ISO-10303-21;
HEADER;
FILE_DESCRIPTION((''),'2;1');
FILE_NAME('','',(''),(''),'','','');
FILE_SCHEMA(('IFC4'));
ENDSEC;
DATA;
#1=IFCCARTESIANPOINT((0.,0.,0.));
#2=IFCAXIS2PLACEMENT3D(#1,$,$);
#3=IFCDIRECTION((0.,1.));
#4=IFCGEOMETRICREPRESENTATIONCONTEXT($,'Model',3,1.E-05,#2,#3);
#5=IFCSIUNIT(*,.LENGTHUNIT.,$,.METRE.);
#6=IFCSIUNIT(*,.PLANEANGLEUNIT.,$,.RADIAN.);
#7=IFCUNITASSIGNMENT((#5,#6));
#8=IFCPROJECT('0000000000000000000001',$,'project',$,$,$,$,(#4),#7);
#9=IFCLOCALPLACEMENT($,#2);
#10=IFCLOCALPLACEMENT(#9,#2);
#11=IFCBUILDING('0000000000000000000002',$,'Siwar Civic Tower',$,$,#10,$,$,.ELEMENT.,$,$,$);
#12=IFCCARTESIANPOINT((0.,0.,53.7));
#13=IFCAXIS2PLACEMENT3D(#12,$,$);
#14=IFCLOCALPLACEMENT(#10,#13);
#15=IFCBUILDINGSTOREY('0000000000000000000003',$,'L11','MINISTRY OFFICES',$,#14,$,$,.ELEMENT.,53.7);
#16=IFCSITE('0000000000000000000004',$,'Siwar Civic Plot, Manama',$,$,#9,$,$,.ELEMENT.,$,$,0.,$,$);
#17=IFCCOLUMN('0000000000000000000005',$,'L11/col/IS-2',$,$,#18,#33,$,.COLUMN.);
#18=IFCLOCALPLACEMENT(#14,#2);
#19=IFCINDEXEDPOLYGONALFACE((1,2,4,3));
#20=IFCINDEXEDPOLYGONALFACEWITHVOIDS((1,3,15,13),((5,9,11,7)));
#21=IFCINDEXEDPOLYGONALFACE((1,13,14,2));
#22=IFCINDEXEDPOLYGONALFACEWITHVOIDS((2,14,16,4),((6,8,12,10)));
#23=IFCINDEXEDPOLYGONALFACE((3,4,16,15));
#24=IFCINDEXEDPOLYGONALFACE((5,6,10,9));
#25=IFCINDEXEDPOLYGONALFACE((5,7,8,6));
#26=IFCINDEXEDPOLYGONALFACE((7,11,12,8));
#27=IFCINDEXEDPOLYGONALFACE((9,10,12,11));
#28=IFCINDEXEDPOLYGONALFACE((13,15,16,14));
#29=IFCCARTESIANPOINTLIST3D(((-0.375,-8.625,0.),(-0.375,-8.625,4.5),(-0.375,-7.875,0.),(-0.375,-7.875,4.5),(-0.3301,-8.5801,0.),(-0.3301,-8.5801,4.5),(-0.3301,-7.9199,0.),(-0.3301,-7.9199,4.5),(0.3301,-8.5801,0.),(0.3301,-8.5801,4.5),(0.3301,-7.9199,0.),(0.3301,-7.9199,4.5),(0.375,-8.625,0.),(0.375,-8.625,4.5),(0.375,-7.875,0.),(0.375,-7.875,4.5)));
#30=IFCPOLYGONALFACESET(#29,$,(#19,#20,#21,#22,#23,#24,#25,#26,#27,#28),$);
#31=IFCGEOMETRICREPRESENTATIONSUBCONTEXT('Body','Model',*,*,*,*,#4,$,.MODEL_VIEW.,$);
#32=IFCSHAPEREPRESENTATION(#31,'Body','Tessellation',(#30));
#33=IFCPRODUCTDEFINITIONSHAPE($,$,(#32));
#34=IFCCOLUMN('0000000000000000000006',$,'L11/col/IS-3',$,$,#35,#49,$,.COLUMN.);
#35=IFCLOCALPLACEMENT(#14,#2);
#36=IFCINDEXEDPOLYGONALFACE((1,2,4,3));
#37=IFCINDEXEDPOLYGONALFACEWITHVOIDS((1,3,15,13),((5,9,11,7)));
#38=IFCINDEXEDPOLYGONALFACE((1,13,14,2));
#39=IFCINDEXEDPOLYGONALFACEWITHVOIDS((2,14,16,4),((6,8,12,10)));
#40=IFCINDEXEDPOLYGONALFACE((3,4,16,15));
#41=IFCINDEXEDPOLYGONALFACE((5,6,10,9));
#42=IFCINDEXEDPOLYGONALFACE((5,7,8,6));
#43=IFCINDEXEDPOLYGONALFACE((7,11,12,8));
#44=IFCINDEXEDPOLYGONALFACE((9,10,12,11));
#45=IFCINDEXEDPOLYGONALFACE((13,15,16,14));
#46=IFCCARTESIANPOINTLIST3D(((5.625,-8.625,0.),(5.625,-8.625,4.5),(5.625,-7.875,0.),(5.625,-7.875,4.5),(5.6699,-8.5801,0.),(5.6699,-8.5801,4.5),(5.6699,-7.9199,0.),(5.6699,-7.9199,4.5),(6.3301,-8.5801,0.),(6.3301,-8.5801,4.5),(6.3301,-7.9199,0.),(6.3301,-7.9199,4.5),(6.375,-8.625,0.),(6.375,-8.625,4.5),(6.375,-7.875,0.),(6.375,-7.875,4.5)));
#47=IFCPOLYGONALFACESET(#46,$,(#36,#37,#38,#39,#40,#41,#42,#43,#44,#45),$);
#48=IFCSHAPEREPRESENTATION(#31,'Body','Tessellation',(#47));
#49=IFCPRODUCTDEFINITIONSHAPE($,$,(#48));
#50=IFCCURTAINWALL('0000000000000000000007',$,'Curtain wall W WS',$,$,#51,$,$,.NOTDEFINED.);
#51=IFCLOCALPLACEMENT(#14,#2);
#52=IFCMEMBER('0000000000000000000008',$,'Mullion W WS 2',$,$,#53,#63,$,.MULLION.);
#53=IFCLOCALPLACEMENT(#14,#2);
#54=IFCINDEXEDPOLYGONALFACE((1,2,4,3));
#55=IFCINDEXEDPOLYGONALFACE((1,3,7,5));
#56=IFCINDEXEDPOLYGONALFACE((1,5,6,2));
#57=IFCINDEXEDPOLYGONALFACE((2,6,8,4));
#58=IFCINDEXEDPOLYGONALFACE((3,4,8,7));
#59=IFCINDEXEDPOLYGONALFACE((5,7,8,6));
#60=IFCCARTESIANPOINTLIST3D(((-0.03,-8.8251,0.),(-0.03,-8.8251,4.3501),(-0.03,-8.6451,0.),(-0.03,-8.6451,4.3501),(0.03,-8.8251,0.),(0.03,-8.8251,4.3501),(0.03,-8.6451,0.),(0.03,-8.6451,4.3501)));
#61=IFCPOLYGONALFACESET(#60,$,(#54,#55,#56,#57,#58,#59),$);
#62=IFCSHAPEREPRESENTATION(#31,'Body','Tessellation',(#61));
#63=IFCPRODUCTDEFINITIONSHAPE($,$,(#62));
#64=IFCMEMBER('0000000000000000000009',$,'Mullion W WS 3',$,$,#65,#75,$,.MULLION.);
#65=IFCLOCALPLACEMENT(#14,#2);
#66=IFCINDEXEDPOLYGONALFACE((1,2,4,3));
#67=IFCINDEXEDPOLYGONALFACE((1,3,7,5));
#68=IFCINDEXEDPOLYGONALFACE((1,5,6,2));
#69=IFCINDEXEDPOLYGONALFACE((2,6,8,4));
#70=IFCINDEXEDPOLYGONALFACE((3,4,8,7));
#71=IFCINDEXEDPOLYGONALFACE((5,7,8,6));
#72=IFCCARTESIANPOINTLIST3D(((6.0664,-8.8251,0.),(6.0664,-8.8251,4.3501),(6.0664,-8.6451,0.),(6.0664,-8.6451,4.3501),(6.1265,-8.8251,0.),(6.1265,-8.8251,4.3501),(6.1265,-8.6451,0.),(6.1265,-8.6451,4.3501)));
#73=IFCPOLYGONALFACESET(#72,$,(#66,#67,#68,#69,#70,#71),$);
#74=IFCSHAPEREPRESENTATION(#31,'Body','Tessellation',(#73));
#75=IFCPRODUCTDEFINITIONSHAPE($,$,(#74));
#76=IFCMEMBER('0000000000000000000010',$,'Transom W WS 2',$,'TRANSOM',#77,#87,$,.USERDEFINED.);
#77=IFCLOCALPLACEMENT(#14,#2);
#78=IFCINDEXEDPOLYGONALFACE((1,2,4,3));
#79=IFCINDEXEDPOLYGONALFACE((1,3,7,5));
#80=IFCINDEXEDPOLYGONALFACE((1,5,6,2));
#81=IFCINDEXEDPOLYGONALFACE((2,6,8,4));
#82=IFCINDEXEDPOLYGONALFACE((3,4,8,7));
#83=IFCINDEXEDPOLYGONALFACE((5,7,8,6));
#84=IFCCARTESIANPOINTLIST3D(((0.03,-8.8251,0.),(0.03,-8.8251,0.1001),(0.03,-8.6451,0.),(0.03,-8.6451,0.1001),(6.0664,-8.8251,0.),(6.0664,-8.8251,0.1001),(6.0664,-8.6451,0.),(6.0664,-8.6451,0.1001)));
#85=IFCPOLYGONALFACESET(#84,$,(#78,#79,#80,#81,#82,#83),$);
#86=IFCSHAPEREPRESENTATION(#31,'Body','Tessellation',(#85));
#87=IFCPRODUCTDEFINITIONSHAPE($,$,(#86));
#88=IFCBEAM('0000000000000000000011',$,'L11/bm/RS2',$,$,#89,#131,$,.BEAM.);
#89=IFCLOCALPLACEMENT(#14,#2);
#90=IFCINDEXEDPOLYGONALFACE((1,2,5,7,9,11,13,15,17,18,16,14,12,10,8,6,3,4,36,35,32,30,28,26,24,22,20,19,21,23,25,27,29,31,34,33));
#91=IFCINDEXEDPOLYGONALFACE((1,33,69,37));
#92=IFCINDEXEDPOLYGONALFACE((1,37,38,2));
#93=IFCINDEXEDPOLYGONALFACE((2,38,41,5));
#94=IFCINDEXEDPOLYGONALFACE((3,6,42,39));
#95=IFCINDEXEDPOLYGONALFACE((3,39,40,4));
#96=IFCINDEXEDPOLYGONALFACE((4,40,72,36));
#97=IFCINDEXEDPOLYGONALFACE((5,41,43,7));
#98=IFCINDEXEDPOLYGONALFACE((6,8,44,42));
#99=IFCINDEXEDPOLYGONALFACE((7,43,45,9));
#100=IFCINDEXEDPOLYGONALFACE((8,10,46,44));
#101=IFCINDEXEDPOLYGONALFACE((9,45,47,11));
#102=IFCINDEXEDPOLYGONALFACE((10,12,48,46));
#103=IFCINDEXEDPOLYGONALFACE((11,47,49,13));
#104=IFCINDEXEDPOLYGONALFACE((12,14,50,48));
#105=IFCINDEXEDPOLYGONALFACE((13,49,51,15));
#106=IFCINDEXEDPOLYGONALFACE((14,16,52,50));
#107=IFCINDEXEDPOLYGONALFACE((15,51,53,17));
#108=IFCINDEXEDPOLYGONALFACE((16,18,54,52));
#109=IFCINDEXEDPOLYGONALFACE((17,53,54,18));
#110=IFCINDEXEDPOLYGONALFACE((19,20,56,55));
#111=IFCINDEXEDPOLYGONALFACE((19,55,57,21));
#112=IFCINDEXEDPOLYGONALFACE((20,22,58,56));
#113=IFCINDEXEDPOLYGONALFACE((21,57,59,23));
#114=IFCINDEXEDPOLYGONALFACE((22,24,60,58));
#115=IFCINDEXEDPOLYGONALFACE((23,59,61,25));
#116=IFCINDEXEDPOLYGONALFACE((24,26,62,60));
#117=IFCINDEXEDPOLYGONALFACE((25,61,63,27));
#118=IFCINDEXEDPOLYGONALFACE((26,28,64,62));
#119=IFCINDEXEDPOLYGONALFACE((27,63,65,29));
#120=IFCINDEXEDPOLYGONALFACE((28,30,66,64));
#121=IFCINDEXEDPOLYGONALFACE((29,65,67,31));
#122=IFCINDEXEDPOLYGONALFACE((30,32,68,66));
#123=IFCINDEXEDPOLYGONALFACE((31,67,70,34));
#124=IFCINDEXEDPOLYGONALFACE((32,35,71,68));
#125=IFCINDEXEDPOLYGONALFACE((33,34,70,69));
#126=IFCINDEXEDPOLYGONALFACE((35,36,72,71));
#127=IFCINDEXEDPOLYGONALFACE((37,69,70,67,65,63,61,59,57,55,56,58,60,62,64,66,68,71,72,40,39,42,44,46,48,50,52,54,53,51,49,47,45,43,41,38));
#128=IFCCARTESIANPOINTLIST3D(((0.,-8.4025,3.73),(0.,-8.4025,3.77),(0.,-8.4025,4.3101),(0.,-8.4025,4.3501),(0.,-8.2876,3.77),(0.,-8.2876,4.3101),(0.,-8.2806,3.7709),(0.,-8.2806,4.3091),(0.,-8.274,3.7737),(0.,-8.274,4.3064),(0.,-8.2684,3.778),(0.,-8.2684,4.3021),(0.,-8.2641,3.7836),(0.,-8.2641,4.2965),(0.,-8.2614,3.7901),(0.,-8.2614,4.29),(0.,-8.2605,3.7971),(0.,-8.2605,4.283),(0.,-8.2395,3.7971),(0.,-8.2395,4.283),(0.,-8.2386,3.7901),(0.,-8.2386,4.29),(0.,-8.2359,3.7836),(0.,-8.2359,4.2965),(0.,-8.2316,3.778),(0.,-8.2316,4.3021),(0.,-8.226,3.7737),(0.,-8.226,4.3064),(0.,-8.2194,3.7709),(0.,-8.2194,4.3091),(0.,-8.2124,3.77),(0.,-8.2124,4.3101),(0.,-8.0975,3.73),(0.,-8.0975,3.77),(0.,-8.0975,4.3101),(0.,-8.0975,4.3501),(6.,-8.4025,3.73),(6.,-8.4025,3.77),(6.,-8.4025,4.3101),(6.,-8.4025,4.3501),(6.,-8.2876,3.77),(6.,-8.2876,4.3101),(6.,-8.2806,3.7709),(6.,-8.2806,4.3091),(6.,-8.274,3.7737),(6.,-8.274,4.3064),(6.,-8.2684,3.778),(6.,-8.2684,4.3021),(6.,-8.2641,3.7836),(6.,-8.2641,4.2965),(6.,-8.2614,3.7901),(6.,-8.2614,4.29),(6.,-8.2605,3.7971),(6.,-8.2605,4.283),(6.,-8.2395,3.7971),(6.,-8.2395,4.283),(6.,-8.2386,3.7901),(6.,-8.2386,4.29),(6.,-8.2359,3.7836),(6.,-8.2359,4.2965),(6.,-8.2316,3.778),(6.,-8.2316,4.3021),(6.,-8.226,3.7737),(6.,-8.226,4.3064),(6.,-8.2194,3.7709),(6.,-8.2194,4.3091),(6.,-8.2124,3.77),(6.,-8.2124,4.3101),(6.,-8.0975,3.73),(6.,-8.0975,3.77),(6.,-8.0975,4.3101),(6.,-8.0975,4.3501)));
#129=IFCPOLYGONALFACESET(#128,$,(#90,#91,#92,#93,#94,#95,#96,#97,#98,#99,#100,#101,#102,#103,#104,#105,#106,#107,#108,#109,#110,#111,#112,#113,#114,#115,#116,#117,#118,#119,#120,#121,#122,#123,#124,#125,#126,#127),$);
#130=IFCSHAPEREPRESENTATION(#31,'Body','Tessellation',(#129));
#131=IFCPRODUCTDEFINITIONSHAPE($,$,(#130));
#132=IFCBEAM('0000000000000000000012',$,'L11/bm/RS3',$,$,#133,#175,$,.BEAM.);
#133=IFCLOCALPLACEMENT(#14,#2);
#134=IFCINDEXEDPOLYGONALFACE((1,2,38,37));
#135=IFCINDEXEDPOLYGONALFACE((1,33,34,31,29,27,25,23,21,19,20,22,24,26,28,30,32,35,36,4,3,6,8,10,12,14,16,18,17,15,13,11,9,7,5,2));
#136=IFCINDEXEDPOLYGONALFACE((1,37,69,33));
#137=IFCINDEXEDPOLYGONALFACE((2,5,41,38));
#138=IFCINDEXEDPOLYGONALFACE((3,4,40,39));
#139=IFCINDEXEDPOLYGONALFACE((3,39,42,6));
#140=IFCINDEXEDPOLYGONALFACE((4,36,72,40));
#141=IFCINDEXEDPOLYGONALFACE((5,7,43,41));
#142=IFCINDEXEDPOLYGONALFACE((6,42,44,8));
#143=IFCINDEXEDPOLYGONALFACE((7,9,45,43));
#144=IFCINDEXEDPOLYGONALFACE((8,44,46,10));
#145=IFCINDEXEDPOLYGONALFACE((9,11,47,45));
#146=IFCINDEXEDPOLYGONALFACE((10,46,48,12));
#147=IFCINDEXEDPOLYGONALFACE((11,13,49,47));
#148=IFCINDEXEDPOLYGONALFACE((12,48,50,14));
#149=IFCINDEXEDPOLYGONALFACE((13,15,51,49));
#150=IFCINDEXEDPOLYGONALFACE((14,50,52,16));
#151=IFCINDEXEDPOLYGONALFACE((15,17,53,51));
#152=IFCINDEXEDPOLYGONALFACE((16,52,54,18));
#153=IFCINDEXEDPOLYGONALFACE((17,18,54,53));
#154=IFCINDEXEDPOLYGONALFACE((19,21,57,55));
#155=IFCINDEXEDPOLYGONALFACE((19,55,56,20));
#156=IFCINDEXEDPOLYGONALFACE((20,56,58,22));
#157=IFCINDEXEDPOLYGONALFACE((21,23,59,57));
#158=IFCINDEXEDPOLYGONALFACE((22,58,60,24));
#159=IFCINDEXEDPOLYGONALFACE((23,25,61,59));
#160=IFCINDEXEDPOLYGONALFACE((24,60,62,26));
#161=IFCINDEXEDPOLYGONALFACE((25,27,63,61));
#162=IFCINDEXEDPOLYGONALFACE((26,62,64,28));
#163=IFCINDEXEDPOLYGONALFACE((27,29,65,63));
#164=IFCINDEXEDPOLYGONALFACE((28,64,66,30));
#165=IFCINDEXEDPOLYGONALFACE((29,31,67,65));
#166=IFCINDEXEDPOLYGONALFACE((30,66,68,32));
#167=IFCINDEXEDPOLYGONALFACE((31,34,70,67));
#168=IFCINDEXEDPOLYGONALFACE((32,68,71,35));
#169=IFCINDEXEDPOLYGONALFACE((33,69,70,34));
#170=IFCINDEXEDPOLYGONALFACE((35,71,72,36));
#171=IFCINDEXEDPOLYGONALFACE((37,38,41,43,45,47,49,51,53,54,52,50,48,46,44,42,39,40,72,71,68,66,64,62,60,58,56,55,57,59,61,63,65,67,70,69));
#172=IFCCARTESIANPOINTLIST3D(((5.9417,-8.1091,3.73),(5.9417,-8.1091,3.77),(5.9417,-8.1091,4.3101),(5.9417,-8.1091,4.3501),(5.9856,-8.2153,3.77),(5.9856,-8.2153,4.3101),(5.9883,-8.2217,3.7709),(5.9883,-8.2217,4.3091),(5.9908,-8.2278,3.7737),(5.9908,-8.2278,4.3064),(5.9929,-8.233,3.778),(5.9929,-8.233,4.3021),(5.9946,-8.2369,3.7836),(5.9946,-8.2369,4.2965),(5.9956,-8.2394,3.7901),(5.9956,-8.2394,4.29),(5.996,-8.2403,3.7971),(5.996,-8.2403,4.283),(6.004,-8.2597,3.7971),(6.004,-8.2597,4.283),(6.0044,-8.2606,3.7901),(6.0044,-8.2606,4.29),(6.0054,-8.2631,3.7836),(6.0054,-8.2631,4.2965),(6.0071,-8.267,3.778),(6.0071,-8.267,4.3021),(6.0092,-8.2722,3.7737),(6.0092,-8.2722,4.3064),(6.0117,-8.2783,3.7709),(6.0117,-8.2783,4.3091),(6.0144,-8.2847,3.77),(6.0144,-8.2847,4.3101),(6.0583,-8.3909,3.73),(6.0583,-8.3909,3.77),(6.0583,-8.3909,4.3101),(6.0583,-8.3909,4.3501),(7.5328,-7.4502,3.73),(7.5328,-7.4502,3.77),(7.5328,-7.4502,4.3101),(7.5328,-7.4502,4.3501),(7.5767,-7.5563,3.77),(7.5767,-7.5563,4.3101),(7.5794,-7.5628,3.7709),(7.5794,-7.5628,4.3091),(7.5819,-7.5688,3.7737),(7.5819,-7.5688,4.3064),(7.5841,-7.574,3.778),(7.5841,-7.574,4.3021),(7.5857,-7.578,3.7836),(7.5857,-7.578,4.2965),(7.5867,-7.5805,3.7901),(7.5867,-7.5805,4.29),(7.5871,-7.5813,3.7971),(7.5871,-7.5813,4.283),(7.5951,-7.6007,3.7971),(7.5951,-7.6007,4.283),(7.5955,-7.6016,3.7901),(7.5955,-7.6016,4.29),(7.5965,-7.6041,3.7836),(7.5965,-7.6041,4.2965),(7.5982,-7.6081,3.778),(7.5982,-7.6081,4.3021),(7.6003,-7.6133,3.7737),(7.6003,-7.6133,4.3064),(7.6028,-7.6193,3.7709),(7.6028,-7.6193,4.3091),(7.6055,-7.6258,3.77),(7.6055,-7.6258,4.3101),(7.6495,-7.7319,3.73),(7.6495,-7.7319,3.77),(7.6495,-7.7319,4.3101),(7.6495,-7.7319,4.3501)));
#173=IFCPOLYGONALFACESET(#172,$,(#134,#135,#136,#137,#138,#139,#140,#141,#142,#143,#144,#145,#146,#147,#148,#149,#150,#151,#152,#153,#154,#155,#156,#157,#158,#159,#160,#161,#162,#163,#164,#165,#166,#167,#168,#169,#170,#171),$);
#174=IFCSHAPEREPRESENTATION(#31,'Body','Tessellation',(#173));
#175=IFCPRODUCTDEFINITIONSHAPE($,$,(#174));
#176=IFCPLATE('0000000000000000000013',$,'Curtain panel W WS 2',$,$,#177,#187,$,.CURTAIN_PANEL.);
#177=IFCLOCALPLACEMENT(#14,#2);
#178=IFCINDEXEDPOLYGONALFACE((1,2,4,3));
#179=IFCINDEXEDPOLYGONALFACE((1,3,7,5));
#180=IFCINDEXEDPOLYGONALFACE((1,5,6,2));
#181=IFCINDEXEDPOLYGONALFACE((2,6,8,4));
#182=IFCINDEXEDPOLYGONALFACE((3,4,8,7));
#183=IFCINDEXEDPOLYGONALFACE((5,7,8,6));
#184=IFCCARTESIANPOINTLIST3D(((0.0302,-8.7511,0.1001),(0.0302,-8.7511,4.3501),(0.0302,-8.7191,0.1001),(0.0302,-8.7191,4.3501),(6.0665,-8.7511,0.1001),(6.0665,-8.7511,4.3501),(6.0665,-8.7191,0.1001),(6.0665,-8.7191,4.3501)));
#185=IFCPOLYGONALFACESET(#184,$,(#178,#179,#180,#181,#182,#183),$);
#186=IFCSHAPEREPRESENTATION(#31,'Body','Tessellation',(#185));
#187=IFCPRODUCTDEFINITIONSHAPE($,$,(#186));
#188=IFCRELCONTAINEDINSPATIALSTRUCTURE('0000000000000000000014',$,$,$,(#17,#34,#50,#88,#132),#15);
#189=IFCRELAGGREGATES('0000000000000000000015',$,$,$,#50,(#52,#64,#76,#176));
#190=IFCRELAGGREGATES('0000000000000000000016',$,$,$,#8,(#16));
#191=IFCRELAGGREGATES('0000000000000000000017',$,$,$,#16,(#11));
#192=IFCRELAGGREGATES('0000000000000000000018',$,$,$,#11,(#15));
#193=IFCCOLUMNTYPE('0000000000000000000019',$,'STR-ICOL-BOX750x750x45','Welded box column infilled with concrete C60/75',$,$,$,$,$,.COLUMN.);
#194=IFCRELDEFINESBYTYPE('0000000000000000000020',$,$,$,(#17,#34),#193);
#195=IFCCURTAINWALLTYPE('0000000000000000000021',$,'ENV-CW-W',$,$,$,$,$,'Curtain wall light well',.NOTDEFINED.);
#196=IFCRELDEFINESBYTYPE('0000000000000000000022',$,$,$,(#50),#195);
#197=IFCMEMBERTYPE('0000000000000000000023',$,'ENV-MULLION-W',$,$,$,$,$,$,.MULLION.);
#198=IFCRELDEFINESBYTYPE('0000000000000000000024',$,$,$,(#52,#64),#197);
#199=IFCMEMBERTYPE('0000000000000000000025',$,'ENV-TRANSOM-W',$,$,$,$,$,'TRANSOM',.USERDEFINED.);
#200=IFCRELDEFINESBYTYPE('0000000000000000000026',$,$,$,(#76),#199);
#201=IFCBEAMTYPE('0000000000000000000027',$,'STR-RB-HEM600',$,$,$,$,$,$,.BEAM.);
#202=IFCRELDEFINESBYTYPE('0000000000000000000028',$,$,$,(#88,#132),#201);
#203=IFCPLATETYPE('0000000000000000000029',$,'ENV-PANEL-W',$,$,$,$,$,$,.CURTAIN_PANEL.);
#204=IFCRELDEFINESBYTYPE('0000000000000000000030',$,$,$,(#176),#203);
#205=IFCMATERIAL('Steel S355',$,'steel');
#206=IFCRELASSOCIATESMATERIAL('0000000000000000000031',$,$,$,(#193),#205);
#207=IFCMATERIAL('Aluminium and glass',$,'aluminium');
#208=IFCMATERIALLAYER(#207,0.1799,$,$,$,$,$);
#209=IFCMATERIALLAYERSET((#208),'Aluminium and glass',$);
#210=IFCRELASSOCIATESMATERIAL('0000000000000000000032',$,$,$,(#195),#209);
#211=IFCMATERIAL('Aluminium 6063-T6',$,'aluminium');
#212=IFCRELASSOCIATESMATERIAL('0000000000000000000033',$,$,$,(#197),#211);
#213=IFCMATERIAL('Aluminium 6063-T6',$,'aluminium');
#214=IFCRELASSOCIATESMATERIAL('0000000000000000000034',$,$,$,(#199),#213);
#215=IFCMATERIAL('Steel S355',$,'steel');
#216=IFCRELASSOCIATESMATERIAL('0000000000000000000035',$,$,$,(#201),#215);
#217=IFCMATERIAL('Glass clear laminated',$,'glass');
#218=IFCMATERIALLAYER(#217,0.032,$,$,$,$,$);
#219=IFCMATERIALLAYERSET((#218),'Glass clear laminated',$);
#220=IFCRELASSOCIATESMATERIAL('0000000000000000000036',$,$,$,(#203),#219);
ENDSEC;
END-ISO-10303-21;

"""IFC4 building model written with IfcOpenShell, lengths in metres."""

from ifc_helpers import new_model, si_unit, direction, frame, origin, origin_2d, place, context, subcontext, project, spatial, rectangle, hollow_rectangle, i_section, extrude, material, layer, layer_set, material_profile, profile_set, type_object, element, aggregate, save


model = new_model("IFC4")

# Units and contexts
model_context = context("Model", 3, precision=1e-05, world=origin(), true_north=direction((0.0, 1.0)))
body_context = subcontext(model_context, "Body", "Model", "MODEL_VIEW")
ifc_project = project(units=[si_unit("LENGTHUNIT", "METRE"), si_unit("PLANEANGLEUNIT", "RADIAN")], contexts=[model_context])

# Site, building, storey
site_placement = place(None, origin())
site = spatial("IfcSite", under=ifc_project, at=site_placement, Name="Siwar Civic Plot, Manama", CompositionType="ELEMENT", RefElevation=0.0)
building_placement = place(site_placement, origin())
building = spatial("IfcBuilding", under=site, at=building_placement, Name="Siwar Civic Tower", CompositionType="ELEMENT")
storey_placement = place(building_placement, frame((0.0, 0.0, 53.7)))
storey = spatial("IfcBuildingStorey", under=building, at=storey_placement, Name="L11", Description="MINISTRY OFFICES", CompositionType="ELEMENT", Elevation=53.7)

# Columns
ifc_material_1 = material(Name="Steel S355", Category="steel")
ifc_material_profile_1 = material_profile(ifc_material_1, hollow_rectangle(XDim=0.75, YDim=0.75, WallThickness=0.0449, at=origin_2d()), Name="BOX750x750x45")
ifc_profile_set_1 = profile_set([ifc_material_profile_1], Name="Steel S355")
column_type = type_object("IfcColumnType", Name="STR-ICOL-BOX750x750x45", Description="Welded box column infilled with concrete C60/75", PredefinedType="COLUMN", material=ifc_profile_set_1)
for number, where, z_axis, x_axis, name in (
    (1, (0.0, -8.25, 0.0), (0.0, 0.0, 1.0), (1.0, 0.0, 0.0), "L11/col/IS-2"),
    (2, (6.0, -8.25, 0.0), (0.0, 0.0, 1.0), (1.0, 0.0, 0.0), "L11/col/IS-3"),
):
    element("IfcColumn", number, at=place(storey_placement, frame(where, z_axis=z_axis, x_axis=x_axis)), inside=storey, type_object=column_type, Name=name, PredefinedType="COLUMN", context=body_context, shape_type="SweptSolid", body=[
        extrude(hollow_rectangle(XDim=0.75, YDim=0.75, WallThickness=0.0449, at=origin_2d()), origin(), (0.0, 0.0, 1.0), 4.5),
    ])

# Curtain wall, members
ifc_material_2 = material(Name="Aluminium and glass", Category="aluminium")
ifc_layer_1 = layer(ifc_material_2, 0.1799)
ifc_layer_set_1 = layer_set([ifc_layer_1], Name="Aluminium and glass")
curtain_wall_type = type_object("IfcCurtainWallType", Name="ENV-CW-W", ElementType="Curtain wall light well", PredefinedType="NOTDEFINED", material=ifc_layer_set_1)
curtain_wall_placement = place(storey_placement, origin())
curtain_wall = element("IfcCurtainWall", 3, at=curtain_wall_placement, inside=storey, type_object=curtain_wall_type, Name="Curtain wall W WS", PredefinedType="NOTDEFINED")
ifc_material_3 = material(Name="Aluminium 6063-T6", Category="aluminium")
ifc_material_profile_2 = material_profile(ifc_material_3, rectangle(XDim=0.1799, YDim=0.0601, at=origin_2d()), Name="AL 180x60")
ifc_profile_set_2 = profile_set([ifc_material_profile_2], Name="Aluminium 6063-T6")
member_type_1 = type_object("IfcMemberType", Name="ENV-MULLION-W", PredefinedType="MULLION", material=ifc_profile_set_2)
member_1_placement = place(storey_placement, frame((0.0, -8.7351, 0.0), z_axis=(0.0, 0.0, 1.0), x_axis=(0.0, 1.0, 0.0)))
member_1 = element("IfcMember", 4, at=member_1_placement, type_object=member_type_1, Name="Mullion W WS 2", PredefinedType="MULLION", context=body_context, shape_type="SweptSolid", body=[
    extrude(rectangle(XDim=0.1799, YDim=0.0601, at=origin_2d()), origin(), (0.0, 0.0, 1.0), 4.3501),
])
member_2_placement = place(storey_placement, frame((6.0964, -8.7351, 0.0), z_axis=(0.0, 0.0, 1.0), x_axis=(0.0, 1.0, 0.0)))
member_2 = element("IfcMember", 5, at=member_2_placement, type_object=member_type_1, Name="Mullion W WS 3", PredefinedType="MULLION", context=body_context, shape_type="SweptSolid", body=[
    extrude(rectangle(XDim=0.1799, YDim=0.0601, at=origin_2d()), origin(), (0.0, 0.0, 1.0), 4.3501),
])
ifc_material_4 = material(Name="Aluminium 6063-T6", Category="aluminium")
ifc_material_profile_3 = material_profile(ifc_material_4, rectangle(XDim=0.1799, YDim=0.1001, at=origin_2d()), Name="AL 180x100")
ifc_profile_set_3 = profile_set([ifc_material_profile_3], Name="Aluminium 6063-T6")
member_type_2 = type_object("IfcMemberType", Name="ENV-TRANSOM-W", ElementType="TRANSOM", PredefinedType="USERDEFINED", material=ifc_profile_set_3)
member_3_placement = place(storey_placement, frame((0.03, -8.7351, 0.05), z_axis=(1.0, 0.0, 0.0), x_axis=(0.0, 1.0, 0.0)))
member_3 = element("IfcMember", 6, at=member_3_placement, type_object=member_type_2, Name="Transom W WS 2", ObjectType="TRANSOM", PredefinedType="USERDEFINED", context=body_context, shape_type="SweptSolid", body=[
    extrude(rectangle(XDim=0.1799, YDim=0.1001, at=origin_2d()), origin(), (0.0, 0.0, 1.0), 6.0364),
])

# Beams
ifc_material_5 = material(Name="Steel S355", Category="steel")
ifc_material_profile_4 = material_profile(ifc_material_5, i_section(OverallWidth=0.3049, OverallDepth=0.6201, WebThickness=0.021, FlangeThickness=0.04, FilletRadius=0.0271, at=origin_2d()), Name="HEM600")
ifc_profile_set_4 = profile_set([ifc_material_profile_4], Name="Steel S355")
beam_type = type_object("IfcBeamType", Name="STR-RB-HEM600", PredefinedType="BEAM", material=ifc_profile_set_4)
beam_1_placement = place(storey_placement, frame((0.0, -8.25, 4.04), z_axis=(1.0, 0.0, 0.0), x_axis=(0.0, 1.0, 0.0)))
element("IfcBeam", 7, at=beam_1_placement, inside=storey, type_object=beam_type, Name="L11/bm/RS2", PredefinedType="BEAM", context=body_context, shape_type="SweptSolid", body=[
    extrude(i_section(OverallWidth=0.3049, OverallDepth=0.6201, WebThickness=0.021, FlangeThickness=0.04, FilletRadius=0.0271, at=origin_2d()), origin(), (0.0, 0.0, 1.0), 6.0),
])
beam_2_placement = place(storey_placement, frame((6.0, -8.25, 4.04), z_axis=(0.923901, 0.382631, 0.0), x_axis=(-0.382631, 0.923901, 0.0)))
element("IfcBeam", 8, at=beam_2_placement, inside=storey, type_object=beam_type, Name="L11/bm/RS3", PredefinedType="BEAM", context=body_context, shape_type="SweptSolid", body=[
    extrude(i_section(OverallWidth=0.3049, OverallDepth=0.6201, WebThickness=0.021, FlangeThickness=0.04, FilletRadius=0.0271, at=origin_2d()), origin(), (0.0, 0.0, 1.0), 1.7222),
])

# Plate
ifc_material_6 = material(Name="Glass clear laminated", Category="glass")
ifc_layer_2 = layer(ifc_material_6, 0.032)
ifc_layer_set_2 = layer_set([ifc_layer_2], Name="Glass clear laminated")
plate_type = type_object("IfcPlateType", Name="ENV-PANEL-W", PredefinedType="CURTAIN_PANEL", material=ifc_layer_set_2)
plate_placement = place(storey_placement, frame((3.0483, -8.7351, 0.1001), z_axis=(0.0, 0.0, 1.0), x_axis=(1.0, 0.0, 0.0)))
plate = element("IfcPlate", 9, at=plate_placement, type_object=plate_type, Name="Curtain panel W WS 2", PredefinedType="CURTAIN_PANEL", context=body_context, shape_type="SweptSolid", body=[
    extrude(rectangle(XDim=6.0364, YDim=0.032, at=origin_2d()), origin(), (0.0, 0.0, 1.0), 4.25),
])
aggregate(curtain_wall, [member_1, member_2, member_3, plate])

save(model, "model.ifc")
